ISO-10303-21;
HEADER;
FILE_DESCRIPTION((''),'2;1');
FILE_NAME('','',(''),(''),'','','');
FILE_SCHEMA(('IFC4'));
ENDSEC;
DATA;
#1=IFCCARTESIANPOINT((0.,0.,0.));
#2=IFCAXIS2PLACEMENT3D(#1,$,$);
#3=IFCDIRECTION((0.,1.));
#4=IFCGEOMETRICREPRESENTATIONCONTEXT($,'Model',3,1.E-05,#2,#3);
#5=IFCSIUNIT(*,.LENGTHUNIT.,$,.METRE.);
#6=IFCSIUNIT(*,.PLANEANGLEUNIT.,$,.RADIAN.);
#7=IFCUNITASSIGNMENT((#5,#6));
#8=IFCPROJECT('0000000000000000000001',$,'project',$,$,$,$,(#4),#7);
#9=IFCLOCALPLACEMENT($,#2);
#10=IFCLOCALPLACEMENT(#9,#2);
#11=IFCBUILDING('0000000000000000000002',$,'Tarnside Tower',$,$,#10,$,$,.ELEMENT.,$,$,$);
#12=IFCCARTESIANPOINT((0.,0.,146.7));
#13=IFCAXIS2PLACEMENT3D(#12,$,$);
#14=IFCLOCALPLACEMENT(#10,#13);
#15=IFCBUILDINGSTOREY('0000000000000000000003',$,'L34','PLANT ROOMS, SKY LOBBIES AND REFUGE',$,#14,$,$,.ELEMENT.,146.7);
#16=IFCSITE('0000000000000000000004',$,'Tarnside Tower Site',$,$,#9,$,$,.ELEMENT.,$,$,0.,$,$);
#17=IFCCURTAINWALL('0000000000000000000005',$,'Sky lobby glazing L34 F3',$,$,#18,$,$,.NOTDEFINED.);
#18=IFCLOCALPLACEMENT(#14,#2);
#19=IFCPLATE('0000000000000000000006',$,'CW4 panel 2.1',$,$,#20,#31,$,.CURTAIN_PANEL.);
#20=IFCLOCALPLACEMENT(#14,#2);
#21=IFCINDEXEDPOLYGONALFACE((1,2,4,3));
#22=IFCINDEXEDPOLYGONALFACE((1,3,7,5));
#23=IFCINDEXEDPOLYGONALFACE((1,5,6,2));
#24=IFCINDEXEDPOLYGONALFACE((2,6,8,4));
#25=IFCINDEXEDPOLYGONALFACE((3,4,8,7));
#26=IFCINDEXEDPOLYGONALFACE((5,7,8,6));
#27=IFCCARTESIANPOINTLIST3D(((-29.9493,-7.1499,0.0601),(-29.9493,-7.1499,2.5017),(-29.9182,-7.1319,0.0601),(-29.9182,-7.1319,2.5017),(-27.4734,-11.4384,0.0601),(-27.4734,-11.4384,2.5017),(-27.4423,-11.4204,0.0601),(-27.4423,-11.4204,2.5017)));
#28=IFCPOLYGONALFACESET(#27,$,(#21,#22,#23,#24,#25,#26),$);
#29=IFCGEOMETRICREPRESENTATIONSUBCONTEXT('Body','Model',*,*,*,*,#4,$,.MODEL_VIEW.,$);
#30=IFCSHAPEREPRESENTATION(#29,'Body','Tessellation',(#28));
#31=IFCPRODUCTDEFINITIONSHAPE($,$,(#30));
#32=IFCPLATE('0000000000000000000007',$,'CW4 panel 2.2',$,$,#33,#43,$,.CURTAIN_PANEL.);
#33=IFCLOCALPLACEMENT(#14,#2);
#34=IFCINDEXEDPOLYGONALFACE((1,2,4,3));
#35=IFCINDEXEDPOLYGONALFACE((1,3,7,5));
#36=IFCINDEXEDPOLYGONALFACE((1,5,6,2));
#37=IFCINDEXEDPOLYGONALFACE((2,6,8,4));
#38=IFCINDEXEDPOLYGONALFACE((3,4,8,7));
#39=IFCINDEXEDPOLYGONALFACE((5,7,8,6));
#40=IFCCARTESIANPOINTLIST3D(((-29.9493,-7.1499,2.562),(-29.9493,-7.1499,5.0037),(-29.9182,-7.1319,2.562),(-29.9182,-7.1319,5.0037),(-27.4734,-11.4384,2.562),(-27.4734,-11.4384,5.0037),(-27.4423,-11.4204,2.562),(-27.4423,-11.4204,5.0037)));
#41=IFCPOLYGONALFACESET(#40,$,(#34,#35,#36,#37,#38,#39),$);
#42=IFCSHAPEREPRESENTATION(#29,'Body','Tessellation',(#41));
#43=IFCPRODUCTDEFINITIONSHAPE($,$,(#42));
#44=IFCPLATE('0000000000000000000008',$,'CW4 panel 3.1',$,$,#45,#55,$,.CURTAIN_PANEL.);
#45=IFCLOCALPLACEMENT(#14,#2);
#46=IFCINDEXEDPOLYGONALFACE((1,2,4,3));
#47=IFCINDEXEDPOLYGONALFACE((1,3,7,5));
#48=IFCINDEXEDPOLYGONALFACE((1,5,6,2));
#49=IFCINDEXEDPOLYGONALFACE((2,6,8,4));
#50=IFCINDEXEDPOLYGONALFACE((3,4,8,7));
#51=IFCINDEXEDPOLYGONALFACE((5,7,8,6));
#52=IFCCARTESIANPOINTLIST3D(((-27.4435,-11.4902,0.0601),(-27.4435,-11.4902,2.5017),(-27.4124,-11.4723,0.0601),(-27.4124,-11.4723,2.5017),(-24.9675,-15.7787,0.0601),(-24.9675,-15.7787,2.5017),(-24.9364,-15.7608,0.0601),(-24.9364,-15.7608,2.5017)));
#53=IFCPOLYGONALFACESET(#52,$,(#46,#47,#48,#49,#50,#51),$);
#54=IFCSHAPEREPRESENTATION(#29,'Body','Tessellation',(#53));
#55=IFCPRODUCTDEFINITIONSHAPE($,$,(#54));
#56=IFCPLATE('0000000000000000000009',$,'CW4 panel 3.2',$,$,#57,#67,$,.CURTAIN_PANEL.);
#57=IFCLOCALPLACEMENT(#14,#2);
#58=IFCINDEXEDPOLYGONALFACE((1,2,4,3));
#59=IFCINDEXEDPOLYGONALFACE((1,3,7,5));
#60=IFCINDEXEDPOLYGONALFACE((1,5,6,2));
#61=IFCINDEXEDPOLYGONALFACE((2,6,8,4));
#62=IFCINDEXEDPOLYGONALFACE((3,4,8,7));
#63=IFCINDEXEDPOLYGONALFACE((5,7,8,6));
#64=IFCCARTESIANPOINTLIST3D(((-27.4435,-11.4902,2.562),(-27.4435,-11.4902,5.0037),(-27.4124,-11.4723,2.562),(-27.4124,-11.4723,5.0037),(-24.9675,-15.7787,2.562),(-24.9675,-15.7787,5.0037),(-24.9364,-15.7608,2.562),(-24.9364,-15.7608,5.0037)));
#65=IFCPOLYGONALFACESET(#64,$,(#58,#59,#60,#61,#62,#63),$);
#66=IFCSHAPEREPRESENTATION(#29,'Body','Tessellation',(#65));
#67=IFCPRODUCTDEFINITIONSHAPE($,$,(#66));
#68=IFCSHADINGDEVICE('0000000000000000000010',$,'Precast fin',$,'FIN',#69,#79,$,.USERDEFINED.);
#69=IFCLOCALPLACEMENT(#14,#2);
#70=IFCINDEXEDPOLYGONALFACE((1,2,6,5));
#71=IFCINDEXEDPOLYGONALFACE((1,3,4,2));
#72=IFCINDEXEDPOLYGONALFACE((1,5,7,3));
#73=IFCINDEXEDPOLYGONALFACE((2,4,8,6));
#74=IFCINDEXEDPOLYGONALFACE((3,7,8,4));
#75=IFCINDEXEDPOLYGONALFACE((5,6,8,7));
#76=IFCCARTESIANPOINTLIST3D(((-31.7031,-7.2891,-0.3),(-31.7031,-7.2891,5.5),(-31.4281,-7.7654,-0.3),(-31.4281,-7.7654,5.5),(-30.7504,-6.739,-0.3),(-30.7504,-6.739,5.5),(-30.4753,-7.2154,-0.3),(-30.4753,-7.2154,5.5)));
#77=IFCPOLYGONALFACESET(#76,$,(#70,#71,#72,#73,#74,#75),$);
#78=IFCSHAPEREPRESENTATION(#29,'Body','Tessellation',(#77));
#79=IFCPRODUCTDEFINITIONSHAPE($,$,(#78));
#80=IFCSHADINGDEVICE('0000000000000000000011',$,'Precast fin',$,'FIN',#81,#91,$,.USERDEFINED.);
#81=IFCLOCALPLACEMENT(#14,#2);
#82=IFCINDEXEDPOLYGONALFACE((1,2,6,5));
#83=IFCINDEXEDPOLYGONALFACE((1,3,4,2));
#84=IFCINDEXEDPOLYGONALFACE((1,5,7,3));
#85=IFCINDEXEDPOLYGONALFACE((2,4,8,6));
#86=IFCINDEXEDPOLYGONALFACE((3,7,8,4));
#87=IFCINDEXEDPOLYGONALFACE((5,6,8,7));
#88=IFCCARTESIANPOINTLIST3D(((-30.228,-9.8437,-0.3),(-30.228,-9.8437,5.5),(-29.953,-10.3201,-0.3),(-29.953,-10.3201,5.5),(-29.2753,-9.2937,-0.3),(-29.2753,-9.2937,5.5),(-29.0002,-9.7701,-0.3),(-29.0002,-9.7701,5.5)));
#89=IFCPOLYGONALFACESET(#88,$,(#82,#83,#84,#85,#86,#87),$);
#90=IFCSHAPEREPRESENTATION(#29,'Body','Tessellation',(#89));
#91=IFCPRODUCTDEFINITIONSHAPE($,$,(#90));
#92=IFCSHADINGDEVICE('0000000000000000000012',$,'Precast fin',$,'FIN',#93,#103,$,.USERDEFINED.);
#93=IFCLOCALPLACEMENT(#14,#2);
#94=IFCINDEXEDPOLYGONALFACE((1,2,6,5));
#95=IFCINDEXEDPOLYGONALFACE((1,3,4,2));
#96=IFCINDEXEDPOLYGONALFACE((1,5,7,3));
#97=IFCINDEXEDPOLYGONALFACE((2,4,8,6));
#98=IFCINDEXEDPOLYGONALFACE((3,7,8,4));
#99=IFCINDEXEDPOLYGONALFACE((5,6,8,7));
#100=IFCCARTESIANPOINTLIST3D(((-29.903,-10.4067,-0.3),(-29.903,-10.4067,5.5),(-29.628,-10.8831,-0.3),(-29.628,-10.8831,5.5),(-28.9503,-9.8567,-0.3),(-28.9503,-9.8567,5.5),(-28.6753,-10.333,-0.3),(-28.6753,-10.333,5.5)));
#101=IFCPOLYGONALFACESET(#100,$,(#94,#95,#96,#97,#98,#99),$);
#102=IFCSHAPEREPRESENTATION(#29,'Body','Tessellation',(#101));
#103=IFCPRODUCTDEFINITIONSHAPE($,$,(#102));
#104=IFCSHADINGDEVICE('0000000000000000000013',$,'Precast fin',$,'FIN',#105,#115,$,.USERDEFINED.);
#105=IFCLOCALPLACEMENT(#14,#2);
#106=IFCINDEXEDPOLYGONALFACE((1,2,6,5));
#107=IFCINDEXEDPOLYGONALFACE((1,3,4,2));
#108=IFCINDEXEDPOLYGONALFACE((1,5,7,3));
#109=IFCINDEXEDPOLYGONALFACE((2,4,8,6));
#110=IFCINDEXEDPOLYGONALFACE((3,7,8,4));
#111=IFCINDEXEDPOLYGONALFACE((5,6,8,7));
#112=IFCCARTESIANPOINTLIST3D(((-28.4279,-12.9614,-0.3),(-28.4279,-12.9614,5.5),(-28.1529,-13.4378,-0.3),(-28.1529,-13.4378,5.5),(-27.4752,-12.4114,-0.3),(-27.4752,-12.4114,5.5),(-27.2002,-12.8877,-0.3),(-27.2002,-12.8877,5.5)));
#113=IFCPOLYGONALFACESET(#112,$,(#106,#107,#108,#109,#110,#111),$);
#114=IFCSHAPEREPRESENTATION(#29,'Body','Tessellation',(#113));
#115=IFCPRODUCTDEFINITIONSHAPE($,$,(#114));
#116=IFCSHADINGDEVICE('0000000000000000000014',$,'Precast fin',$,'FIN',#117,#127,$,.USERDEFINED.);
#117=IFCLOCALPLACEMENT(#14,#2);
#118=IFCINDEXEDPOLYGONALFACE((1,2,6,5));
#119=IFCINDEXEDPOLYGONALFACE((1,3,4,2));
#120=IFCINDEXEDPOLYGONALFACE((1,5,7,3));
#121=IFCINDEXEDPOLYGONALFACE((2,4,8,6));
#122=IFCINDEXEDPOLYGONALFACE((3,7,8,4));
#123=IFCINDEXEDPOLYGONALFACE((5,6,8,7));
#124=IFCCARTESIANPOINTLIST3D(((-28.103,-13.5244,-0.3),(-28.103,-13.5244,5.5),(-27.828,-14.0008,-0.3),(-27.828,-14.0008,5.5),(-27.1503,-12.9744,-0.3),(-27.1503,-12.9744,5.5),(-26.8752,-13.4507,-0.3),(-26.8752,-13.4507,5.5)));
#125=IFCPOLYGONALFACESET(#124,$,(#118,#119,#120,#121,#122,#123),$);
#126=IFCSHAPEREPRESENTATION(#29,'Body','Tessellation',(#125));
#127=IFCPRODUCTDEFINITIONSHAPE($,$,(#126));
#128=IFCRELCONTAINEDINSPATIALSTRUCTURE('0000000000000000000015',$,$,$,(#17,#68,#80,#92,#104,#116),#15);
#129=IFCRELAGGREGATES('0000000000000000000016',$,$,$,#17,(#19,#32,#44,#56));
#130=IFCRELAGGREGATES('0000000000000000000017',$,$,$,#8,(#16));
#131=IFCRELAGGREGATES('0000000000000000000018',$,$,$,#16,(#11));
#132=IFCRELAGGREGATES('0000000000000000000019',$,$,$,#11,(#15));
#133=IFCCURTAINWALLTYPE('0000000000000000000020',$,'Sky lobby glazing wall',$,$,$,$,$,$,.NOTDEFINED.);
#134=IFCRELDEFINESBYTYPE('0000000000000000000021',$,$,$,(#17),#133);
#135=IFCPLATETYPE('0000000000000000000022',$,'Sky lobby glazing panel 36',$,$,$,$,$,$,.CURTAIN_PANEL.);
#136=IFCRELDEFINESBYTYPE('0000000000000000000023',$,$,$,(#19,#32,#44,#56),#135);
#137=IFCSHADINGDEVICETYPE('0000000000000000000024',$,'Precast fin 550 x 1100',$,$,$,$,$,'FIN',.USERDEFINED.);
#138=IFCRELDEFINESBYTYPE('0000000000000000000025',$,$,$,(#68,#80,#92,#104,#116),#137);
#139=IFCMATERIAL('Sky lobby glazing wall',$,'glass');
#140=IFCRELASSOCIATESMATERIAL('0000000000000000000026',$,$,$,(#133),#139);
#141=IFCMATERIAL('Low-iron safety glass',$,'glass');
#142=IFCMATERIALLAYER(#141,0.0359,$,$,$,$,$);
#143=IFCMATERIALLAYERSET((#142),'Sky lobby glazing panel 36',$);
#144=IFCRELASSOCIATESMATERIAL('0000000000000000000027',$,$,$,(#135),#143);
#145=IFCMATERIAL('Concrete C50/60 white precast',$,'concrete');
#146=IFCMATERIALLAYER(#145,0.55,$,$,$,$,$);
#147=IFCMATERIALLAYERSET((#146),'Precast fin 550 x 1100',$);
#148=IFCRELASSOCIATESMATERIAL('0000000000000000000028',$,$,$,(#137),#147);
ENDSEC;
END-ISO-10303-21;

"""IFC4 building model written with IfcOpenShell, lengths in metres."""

from ifc_helpers import new_model, si_unit, direction, frame, origin, origin_2d, place, context, subcontext, project, spatial, polyline, rectangle, outline, extrude, material, layer, layer_set, type_object, element, aggregate, save


model = new_model("IFC4")

# Units and contexts
model_context = context("Model", 3, precision=1e-05, world=origin(), true_north=direction((0.0, 1.0)))
body_context = subcontext(model_context, "Body", "Model", "MODEL_VIEW")
ifc_project = project(units=[si_unit("LENGTHUNIT", "METRE"), si_unit("PLANEANGLEUNIT", "RADIAN")], contexts=[model_context])

# Site, building, storey
site_placement = place(None, origin())
site = spatial("IfcSite", under=ifc_project, at=site_placement, Name="Tarnside Tower Site", CompositionType="ELEMENT", RefElevation=0.0)
building_placement = place(site_placement, origin())
building = spatial("IfcBuilding", under=site, at=building_placement, Name="Tarnside Tower", CompositionType="ELEMENT")
storey_placement = place(building_placement, frame((0.0, 0.0, 146.7)))
storey = spatial("IfcBuildingStorey", under=building, at=storey_placement, Name="L34", Description="PLANT ROOMS, SKY LOBBIES AND REFUGE", CompositionType="ELEMENT", Elevation=146.7)

# Curtain wall
ifc_material_1 = material(Name="Sky lobby glazing wall", Category="glass")
curtain_wall_type = type_object("IfcCurtainWallType", Name="Sky lobby glazing wall", PredefinedType="NOTDEFINED", material=ifc_material_1)
curtain_wall_placement = place(storey_placement, origin())
curtain_wall = element("IfcCurtainWall", 1, at=curtain_wall_placement, inside=storey, type_object=curtain_wall_type, Name="Sky lobby glazing L34 F3", PredefinedType="NOTDEFINED")

# Plates
ifc_material_2 = material(Name="Low-iron safety glass", Category="glass")
ifc_layer_1 = layer(ifc_material_2, 0.0359)
ifc_layer_set_1 = layer_set([ifc_layer_1], Name="Sky lobby glazing panel 36")
plate_type = type_object("IfcPlateType", Name="Sky lobby glazing panel 36", PredefinedType="CURTAIN_PANEL", material=ifc_layer_set_1)
plate_1_placement = place(storey_placement, frame((-28.6958, -9.2852, 0.0601), z_axis=(0.0, 0.0, 1.0), x_axis=(0.5, -0.866025, 0.0)))
plate_1 = element("IfcPlate", 2, at=plate_1_placement, type_object=plate_type, Name="CW4 panel 2.1", PredefinedType="CURTAIN_PANEL", context=body_context, shape_type="SweptSolid", body=[
    extrude(rectangle(XDim=4.9519, YDim=0.0359, at=origin_2d()), origin(), (0.0, 0.0, 1.0), 2.4417),
])
plate_2_placement = place(storey_placement, frame((-28.6958, -9.2852, 2.562), z_axis=(0.0, 0.0, 1.0), x_axis=(0.5, -0.866025, 0.0)))
plate_2 = element("IfcPlate", 3, at=plate_2_placement, type_object=plate_type, Name="CW4 panel 2.2", PredefinedType="CURTAIN_PANEL", context=body_context, shape_type="SweptSolid", body=[
    extrude(rectangle(XDim=4.9519, YDim=0.0359, at=origin_2d()), origin(), (0.0, 0.0, 1.0), 2.4417),
])
plate_3_placement = place(storey_placement, frame((-26.1899, -13.6255, 0.0601), z_axis=(0.0, 0.0, 1.0), x_axis=(0.5, -0.866025, 0.0)))
plate_3 = element("IfcPlate", 4, at=plate_3_placement, type_object=plate_type, Name="CW4 panel 3.1", PredefinedType="CURTAIN_PANEL", context=body_context, shape_type="SweptSolid", body=[
    extrude(rectangle(XDim=4.9519, YDim=0.0359, at=origin_2d()), origin(), (0.0, 0.0, 1.0), 2.4417),
])
plate_4_placement = place(storey_placement, frame((-26.1899, -13.6255, 2.562), z_axis=(0.0, 0.0, 1.0), x_axis=(0.5, -0.866025, 0.0)))
plate_4 = element("IfcPlate", 5, at=plate_4_placement, type_object=plate_type, Name="CW4 panel 3.2", PredefinedType="CURTAIN_PANEL", context=body_context, shape_type="SweptSolid", body=[
    extrude(rectangle(XDim=4.9519, YDim=0.0359, at=origin_2d()), origin(), (0.0, 0.0, 1.0), 2.4417),
])
aggregate(curtain_wall, [plate_1, plate_2, plate_3, plate_4])

# Shading devices
ifc_material_3 = material(Name="Concrete C50/60 white precast", Category="concrete")
ifc_layer_2 = layer(ifc_material_3, 0.55)
ifc_layer_set_2 = layer_set([ifc_layer_2], Name="Precast fin 550 x 1100")
shading_device_type = type_object("IfcShadingDeviceType", Name="Precast fin 550 x 1100", ElementType="FIN", PredefinedType="USERDEFINED", material=ifc_layer_set_2)
for number, where, z_axis, x_axis, name in (
    (6, (-30.6128, -6.9773, -0.3), (-0.5, 0.866025, 0.0), (-0.866025, -0.5, 0.0), "Precast fin"),
    (7, (-29.1377, -9.532, -0.3), (-0.5, 0.866025, 0.0), (-0.866025, -0.5, 0.0), "Precast fin"),
    (8, (-28.8127, -10.095, -0.3), (-0.5, 0.866025, 0.0), (-0.866025, -0.5, 0.0), "Precast fin"),
    (9, (-27.3376, -12.6497, -0.3), (-0.5, 0.866025, 0.0), (-0.866025, -0.5, 0.0), "Precast fin"),
    (10, (-27.0127, -13.2126, -0.3), (-0.5, 0.866025, 0.0), (-0.866025, -0.5, 0.0), "Precast fin"),
):
    element("IfcShadingDevice", number, at=place(storey_placement, frame(where, z_axis=z_axis, x_axis=x_axis)), inside=storey, type_object=shading_device_type, Name=name, ObjectType="FIN", PredefinedType="USERDEFINED", context=body_context, shape_type="SweptSolid", body=[
        extrude(outline(polyline([(0.0, 0.0), (1.1001, 0.0), (1.1001, 5.8), (0.0, 5.8), (0.0, 0.0)])), frame((0.0, 0.0, -0.2749)), (0.0, 0.0, 1.0), 0.55),
    ])

save(model, "model.ifc")
